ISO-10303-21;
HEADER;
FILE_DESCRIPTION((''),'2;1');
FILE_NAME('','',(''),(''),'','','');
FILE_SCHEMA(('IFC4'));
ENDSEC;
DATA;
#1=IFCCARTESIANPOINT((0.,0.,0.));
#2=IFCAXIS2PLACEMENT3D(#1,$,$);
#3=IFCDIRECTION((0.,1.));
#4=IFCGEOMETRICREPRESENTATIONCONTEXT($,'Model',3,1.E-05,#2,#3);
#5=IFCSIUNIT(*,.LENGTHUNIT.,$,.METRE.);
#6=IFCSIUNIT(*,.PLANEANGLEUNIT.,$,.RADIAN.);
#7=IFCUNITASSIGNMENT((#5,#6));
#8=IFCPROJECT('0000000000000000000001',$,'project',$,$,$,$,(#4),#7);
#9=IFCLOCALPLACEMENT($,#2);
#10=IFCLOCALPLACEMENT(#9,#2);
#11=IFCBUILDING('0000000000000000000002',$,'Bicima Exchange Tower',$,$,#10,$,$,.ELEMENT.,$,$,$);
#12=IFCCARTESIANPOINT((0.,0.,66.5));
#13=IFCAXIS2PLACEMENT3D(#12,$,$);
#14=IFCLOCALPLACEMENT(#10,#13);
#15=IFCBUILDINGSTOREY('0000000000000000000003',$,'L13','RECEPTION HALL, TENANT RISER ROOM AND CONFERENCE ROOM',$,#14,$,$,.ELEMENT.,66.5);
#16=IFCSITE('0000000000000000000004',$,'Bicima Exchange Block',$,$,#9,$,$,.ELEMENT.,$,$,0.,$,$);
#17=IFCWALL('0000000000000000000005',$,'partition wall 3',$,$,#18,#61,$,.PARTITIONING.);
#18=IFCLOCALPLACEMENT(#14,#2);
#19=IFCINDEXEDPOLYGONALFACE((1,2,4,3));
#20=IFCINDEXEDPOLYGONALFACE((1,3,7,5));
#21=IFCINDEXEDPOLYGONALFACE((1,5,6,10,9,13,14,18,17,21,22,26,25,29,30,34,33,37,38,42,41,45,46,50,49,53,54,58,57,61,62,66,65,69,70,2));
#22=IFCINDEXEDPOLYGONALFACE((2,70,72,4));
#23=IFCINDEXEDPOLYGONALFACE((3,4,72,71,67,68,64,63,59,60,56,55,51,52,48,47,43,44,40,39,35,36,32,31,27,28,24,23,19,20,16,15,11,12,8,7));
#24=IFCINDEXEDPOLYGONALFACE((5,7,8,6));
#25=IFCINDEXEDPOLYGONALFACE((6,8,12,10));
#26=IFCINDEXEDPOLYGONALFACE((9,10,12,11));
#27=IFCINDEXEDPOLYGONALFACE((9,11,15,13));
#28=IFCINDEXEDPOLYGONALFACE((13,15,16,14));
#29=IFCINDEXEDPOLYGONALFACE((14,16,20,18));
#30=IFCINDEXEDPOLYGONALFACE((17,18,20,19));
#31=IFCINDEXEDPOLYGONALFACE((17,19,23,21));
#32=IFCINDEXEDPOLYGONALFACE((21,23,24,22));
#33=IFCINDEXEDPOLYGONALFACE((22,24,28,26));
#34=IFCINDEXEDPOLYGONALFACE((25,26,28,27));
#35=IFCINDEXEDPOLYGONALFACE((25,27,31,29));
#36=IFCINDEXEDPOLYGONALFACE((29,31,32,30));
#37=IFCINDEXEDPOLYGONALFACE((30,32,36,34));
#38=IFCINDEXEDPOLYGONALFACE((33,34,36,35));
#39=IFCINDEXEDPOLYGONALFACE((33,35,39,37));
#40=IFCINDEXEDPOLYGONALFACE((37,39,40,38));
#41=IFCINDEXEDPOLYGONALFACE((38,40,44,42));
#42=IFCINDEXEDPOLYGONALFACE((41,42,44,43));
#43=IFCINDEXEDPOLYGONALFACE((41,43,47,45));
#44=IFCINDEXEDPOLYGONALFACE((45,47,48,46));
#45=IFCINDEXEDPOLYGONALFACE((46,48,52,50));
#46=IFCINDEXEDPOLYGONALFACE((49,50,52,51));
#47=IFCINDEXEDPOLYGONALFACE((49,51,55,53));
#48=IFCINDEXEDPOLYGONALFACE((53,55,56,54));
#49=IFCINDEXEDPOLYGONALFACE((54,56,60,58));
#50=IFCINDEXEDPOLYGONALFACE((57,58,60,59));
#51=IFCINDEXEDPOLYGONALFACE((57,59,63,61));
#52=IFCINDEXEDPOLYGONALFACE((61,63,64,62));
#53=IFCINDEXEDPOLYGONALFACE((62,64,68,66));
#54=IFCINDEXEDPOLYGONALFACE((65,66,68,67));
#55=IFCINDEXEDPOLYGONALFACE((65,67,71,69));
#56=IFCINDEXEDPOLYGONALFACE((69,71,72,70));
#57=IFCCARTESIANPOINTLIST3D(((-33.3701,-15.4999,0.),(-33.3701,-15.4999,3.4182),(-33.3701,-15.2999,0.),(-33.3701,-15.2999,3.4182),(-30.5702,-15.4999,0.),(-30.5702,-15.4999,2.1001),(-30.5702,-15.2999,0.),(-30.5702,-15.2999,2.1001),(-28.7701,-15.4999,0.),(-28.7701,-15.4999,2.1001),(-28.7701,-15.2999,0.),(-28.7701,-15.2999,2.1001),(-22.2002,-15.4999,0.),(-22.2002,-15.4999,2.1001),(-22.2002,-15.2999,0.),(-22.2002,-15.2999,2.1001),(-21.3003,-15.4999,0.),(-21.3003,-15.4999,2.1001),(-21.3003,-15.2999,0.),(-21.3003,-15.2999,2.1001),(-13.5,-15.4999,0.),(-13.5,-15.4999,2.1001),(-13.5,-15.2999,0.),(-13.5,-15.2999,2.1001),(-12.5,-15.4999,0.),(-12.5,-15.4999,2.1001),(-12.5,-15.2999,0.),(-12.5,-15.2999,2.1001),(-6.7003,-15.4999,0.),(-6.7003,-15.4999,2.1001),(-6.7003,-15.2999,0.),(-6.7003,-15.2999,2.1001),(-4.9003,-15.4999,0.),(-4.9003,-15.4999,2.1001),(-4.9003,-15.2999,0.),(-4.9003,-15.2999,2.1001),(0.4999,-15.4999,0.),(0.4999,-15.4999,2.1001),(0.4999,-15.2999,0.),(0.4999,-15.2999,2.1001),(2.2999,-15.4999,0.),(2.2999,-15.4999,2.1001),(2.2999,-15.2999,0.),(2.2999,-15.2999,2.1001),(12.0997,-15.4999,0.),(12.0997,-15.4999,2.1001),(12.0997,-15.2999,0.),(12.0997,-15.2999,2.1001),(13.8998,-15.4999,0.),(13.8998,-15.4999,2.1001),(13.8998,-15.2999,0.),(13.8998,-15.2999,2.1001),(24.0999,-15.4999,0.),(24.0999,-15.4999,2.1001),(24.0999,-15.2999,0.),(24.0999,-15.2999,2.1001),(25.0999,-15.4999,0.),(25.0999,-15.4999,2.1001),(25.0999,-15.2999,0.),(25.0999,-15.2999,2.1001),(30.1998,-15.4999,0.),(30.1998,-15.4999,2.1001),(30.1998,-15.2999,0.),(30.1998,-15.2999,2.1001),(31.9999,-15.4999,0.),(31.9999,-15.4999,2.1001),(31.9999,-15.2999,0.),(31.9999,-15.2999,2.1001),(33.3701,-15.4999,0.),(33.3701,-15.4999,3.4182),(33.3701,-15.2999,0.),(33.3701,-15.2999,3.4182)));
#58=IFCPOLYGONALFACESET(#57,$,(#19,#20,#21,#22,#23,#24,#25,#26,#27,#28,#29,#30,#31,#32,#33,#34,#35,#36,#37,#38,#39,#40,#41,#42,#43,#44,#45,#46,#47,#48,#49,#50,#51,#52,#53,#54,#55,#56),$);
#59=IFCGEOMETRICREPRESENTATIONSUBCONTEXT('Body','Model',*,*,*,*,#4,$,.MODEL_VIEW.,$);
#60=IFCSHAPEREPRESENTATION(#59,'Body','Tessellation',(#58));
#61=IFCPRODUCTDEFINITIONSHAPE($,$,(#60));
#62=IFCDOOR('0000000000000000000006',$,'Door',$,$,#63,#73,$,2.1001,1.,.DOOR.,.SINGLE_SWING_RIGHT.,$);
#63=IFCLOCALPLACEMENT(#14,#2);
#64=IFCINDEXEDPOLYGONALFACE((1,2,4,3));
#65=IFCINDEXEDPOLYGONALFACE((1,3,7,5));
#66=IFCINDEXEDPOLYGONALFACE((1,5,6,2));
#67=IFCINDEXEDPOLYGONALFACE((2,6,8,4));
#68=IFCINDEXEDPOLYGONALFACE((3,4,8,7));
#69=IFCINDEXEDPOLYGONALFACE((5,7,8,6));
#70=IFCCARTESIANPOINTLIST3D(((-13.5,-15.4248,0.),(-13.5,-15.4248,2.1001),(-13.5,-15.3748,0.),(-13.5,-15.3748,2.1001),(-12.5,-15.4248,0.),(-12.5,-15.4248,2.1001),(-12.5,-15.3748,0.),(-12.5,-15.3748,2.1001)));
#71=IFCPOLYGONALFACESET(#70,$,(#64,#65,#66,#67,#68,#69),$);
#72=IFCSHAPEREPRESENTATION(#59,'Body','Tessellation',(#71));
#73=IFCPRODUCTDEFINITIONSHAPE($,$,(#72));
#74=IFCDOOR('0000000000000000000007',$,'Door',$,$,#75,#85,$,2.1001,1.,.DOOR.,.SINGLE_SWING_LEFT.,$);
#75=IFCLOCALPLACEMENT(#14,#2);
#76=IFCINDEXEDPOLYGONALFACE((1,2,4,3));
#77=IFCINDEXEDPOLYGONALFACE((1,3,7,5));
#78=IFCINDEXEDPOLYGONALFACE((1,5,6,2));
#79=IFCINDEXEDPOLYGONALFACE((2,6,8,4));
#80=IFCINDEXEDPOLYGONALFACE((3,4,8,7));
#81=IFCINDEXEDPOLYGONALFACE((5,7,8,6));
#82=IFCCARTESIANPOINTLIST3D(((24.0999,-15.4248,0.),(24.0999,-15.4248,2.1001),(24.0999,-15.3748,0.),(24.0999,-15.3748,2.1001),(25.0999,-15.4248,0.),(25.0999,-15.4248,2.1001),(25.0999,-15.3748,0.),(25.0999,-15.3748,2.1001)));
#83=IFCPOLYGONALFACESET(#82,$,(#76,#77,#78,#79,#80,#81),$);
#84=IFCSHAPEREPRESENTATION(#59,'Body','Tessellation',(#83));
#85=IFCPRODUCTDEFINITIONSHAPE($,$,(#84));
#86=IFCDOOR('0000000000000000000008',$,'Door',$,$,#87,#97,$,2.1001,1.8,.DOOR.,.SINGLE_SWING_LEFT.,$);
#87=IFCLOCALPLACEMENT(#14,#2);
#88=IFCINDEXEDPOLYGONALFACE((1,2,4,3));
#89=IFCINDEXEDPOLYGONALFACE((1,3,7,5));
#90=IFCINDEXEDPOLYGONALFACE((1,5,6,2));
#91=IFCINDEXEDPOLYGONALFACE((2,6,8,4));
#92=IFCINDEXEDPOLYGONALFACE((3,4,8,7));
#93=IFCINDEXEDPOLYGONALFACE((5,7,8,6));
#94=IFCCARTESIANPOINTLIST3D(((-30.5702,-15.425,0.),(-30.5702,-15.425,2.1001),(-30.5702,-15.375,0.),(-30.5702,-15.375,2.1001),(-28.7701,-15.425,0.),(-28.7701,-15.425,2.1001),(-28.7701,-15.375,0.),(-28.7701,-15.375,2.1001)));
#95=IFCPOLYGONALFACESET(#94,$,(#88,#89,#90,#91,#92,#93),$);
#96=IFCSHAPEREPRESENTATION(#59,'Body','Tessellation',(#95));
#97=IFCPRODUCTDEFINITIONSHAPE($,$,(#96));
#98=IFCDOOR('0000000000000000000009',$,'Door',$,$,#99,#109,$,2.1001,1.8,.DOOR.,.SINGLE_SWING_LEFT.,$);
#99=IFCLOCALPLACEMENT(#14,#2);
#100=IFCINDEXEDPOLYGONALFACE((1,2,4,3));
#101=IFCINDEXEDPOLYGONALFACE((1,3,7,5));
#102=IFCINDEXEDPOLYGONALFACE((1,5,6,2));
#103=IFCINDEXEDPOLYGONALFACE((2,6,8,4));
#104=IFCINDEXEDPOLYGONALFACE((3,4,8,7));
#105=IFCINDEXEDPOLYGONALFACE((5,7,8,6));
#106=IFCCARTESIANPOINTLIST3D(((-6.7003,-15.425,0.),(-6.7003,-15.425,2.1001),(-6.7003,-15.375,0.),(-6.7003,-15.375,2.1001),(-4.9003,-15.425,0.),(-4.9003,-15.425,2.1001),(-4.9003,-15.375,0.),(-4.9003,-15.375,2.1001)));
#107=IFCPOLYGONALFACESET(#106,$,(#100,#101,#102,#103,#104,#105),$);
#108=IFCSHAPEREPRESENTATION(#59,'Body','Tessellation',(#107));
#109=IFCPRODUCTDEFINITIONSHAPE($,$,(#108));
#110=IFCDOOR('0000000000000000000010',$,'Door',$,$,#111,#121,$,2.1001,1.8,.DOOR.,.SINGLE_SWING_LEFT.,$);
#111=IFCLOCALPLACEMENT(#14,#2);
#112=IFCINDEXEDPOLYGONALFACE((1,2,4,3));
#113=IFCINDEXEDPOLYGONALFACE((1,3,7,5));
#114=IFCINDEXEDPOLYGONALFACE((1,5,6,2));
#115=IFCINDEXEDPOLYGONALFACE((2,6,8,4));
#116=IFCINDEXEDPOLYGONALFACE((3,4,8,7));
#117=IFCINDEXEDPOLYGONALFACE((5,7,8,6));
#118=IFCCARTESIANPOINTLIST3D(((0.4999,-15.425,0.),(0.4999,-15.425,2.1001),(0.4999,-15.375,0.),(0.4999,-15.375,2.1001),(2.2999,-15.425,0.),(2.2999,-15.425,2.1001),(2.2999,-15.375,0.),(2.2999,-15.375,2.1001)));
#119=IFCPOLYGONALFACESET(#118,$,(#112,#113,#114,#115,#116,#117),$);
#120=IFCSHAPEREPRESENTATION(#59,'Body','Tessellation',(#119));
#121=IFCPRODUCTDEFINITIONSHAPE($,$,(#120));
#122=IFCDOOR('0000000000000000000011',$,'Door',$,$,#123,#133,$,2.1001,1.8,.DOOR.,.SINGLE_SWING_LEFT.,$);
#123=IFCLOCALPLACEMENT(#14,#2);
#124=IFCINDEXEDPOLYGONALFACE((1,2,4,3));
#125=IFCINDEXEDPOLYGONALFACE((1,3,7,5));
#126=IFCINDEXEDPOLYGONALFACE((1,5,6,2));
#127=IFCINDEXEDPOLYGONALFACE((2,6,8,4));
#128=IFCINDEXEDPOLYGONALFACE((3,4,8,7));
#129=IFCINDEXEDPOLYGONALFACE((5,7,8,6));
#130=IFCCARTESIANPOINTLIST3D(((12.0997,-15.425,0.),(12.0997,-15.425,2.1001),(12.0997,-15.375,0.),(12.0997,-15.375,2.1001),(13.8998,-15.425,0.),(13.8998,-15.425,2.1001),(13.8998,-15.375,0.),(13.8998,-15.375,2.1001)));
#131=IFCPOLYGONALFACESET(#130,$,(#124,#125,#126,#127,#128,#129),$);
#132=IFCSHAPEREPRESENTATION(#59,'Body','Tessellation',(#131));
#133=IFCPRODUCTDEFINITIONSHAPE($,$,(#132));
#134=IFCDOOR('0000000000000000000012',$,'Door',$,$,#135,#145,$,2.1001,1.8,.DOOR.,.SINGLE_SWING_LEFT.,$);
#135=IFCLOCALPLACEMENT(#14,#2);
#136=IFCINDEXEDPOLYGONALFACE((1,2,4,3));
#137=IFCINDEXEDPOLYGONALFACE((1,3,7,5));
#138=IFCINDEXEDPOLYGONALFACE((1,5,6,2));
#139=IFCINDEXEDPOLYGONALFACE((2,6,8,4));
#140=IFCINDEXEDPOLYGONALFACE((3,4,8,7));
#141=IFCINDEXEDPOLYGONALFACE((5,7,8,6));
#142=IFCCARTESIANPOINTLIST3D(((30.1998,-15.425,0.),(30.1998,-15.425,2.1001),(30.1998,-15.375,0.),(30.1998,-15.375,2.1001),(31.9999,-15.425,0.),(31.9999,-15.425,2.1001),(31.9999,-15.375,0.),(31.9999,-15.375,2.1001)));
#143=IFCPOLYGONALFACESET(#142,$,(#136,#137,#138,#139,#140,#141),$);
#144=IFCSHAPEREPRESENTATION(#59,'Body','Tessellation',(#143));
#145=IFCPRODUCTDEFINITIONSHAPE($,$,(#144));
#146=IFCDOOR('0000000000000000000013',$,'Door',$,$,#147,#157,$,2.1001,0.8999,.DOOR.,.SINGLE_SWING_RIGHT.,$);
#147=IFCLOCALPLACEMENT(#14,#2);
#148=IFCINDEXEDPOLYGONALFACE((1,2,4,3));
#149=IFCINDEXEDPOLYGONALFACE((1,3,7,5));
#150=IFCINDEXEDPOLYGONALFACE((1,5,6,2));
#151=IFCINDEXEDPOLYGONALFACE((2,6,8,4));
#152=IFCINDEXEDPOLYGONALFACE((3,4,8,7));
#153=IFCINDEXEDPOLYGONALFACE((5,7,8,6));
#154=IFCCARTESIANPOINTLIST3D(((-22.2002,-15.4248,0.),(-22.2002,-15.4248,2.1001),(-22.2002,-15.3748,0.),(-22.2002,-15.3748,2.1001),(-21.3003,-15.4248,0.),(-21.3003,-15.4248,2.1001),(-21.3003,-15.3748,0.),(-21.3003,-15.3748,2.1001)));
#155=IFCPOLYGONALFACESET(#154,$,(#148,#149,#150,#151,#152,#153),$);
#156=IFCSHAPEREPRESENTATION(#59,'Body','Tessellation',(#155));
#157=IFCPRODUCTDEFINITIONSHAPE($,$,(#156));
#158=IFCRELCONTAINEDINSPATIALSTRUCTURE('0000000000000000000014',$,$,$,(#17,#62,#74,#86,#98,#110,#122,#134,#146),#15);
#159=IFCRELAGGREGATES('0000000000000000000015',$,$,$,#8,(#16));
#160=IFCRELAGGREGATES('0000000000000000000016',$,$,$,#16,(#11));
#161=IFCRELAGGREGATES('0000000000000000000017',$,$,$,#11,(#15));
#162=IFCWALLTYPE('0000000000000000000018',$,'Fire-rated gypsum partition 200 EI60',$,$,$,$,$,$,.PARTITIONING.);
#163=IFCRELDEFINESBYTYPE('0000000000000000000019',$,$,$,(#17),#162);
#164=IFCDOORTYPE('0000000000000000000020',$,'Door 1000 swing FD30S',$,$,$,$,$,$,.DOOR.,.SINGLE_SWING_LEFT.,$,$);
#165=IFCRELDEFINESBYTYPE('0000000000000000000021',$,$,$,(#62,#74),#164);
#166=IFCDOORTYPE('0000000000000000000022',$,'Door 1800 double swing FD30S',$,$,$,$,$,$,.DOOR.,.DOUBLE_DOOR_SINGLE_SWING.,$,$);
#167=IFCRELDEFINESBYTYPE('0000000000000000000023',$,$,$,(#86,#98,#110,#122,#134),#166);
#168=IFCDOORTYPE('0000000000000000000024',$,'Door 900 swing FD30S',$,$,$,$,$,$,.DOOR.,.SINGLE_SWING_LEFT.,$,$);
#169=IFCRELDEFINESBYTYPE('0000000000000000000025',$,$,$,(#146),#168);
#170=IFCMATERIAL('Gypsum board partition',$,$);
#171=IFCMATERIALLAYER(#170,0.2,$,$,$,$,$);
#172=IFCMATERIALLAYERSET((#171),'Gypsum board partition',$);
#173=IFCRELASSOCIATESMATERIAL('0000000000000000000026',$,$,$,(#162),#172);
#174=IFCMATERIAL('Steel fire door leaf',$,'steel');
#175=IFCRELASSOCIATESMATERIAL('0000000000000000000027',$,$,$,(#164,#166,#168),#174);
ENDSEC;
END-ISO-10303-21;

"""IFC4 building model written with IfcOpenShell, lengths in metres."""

from ifc_helpers import new_model, si_unit, direction, frame, frame_2d, origin, place, context, subcontext, project, spatial, rectangle, extrude, material, layer, layer_set, type_object, element, fill, save


model = new_model("IFC4")

# Units and contexts
model_context = context("Model", 3, precision=1e-05, world=origin(), true_north=direction((0.0, 1.0)))
body_context = subcontext(model_context, "Body", "Model", "MODEL_VIEW")
ifc_project = project(units=[si_unit("LENGTHUNIT", "METRE"), si_unit("PLANEANGLEUNIT", "RADIAN")], contexts=[model_context])

# Site, building, storey
site_placement = place(None, origin())
site = spatial("IfcSite", under=ifc_project, at=site_placement, Name="Bicima Exchange Block", CompositionType="ELEMENT", RefElevation=0.0)
building_placement = place(site_placement, origin())
building = spatial("IfcBuilding", under=site, at=building_placement, Name="Bicima Exchange Tower", CompositionType="ELEMENT")
storey_placement = place(building_placement, frame((0.0, 0.0, 66.5)))
storey = spatial("IfcBuildingStorey", under=building, at=storey_placement, Name="L13", Description="RECEPTION HALL, TENANT RISER ROOM AND CONFERENCE ROOM", CompositionType="ELEMENT", Elevation=66.5)

# Wall, openings, doors
ifc_material_1 = material(Name="Gypsum board partition")
ifc_layer_1 = layer(ifc_material_1, 0.2)
ifc_layer_set_1 = layer_set([ifc_layer_1], Name="Gypsum board partition")
wall_type_1 = type_object("IfcWallType", Name="Fire-rated gypsum partition 200 EI60", PredefinedType="PARTITIONING", material=ifc_layer_set_1)
wall_1_placement = place(storey_placement, frame((-33.3701, -15.3999, 0.0), z_axis=(0.0, 0.0, 1.0), x_axis=(1.0, 0.0, 0.0)))
wall_1 = element("IfcWall", 1, at=wall_1_placement, inside=storey, type_object=wall_type_1, Name="partition wall 3", PredefinedType="PARTITIONING", context=body_context, shape_type="SweptSolid", body=[
    extrude(rectangle(XDim=66.7402, YDim=0.2, at=frame_2d((33.3701, 0.0))), origin(), (0.0, 0.0, 1.0), 3.4182),
])
opening_1_placement = place(wall_1_placement, frame((2.8, 0.0, 0.0)))
opening_1 = element("IfcOpeningElement", 2, at=opening_1_placement, cuts=wall_1, PredefinedType="OPENING", context=body_context, shape_type="SweptSolid", body=[
    extrude(rectangle(XDim=1.8, YDim=2.1001, at=frame_2d((0.8999, 1.05))), frame((0.0, 0.1118, 0.0), z_axis=(0.0, -1.0, 0.0), x_axis=(1.0, 0.0, 0.0)), (0.0, 0.0, 1.0), 0.2239),
])
opening_2_placement = place(wall_1_placement, frame((11.1699, 0.0, 0.0)))
opening_2 = element("IfcOpeningElement", 3, at=opening_2_placement, cuts=wall_1, PredefinedType="OPENING", context=body_context, shape_type="SweptSolid", body=[
    extrude(rectangle(XDim=0.8999, YDim=2.1001, at=frame_2d((0.45, 1.05))), frame((0.0, 0.1118, 0.0), z_axis=(0.0, -1.0, 0.0), x_axis=(1.0, 0.0, 0.0)), (0.0, 0.0, 1.0), 0.2239),
])
opening_3_placement = place(wall_1_placement, frame((19.8701, 0.0, 0.0)))
opening_3 = element("IfcOpeningElement", 4, at=opening_3_placement, cuts=wall_1, PredefinedType="OPENING", context=body_context, shape_type="SweptSolid", body=[
    extrude(rectangle(XDim=1.0, YDim=2.1001, at=frame_2d((0.5, 1.05))), frame((0.0, 0.1118, 0.0), z_axis=(0.0, -1.0, 0.0), x_axis=(1.0, 0.0, 0.0)), (0.0, 0.0, 1.0), 0.2239),
])
opening_4_placement = place(wall_1_placement, frame((26.6699, 0.0, 0.0)))
opening_4 = element("IfcOpeningElement", 5, at=opening_4_placement, cuts=wall_1, PredefinedType="OPENING", context=body_context, shape_type="SweptSolid", body=[
    extrude(rectangle(XDim=1.8, YDim=2.1001, at=frame_2d((0.8999, 1.05))), frame((0.0, 0.1118, 0.0), z_axis=(0.0, -1.0, 0.0), x_axis=(1.0, 0.0, 0.0)), (0.0, 0.0, 1.0), 0.2239),
])
opening_5_placement = place(wall_1_placement, frame((33.8701, 0.0, 0.0)))
opening_5 = element("IfcOpeningElement", 6, at=opening_5_placement, cuts=wall_1, PredefinedType="OPENING", context=body_context, shape_type="SweptSolid", body=[
    extrude(rectangle(XDim=1.8, YDim=2.1001, at=frame_2d((0.8999, 1.05))), frame((0.0, 0.1118, 0.0), z_axis=(0.0, -1.0, 0.0), x_axis=(1.0, 0.0, 0.0)), (0.0, 0.0, 1.0), 0.2239),
])
opening_6_placement = place(wall_1_placement, frame((45.47, 0.0, 0.0)))
opening_6 = element("IfcOpeningElement", 7, at=opening_6_placement, cuts=wall_1, PredefinedType="OPENING", context=body_context, shape_type="SweptSolid", body=[
    extrude(rectangle(XDim=1.8, YDim=2.1001, at=frame_2d((0.8999, 1.05))), frame((0.0, 0.1118, 0.0), z_axis=(0.0, -1.0, 0.0), x_axis=(1.0, 0.0, 0.0)), (0.0, 0.0, 1.0), 0.2239),
])
opening_7_placement = place(wall_1_placement, frame((57.47, 0.0, 0.0)))
opening_7 = element("IfcOpeningElement", 8, at=opening_7_placement, cuts=wall_1, PredefinedType="OPENING", context=body_context, shape_type="SweptSolid", body=[
    extrude(rectangle(XDim=1.0, YDim=2.1001, at=frame_2d((0.5, 1.05))), frame((0.0, 0.1118, 0.0), z_axis=(0.0, -1.0, 0.0), x_axis=(1.0, 0.0, 0.0)), (0.0, 0.0, 1.0), 0.2239),
])
opening_8_placement = place(wall_1_placement, frame((63.5701, 0.0, 0.0)))
opening_8 = element("IfcOpeningElement", 9, at=opening_8_placement, cuts=wall_1, PredefinedType="OPENING", context=body_context, shape_type="SweptSolid", body=[
    extrude(rectangle(XDim=1.8, YDim=2.1001, at=frame_2d((0.8999, 1.05))), frame((0.0, 0.1118, 0.0), z_axis=(0.0, -1.0, 0.0), x_axis=(1.0, 0.0, 0.0)), (0.0, 0.0, 1.0), 0.2239),
])
ifc_material_2 = material(Name="Steel fire door leaf", Category="steel")
door_type_1 = type_object("IfcDoorType", Name="Door 1000 swing FD30S", OperationType="SINGLE_SWING_LEFT", PredefinedType="DOOR", material=ifc_material_2)
door_1_placement = place(opening_3_placement, frame((1.0, 0.0, 0.0), z_axis=(0.0, 0.0, 1.0), x_axis=(-1.0, 0.0, 0.0)))
door_1 = element("IfcDoor", 10, at=door_1_placement, inside=storey, type_object=door_type_1, Name="Door", OperationType="SINGLE_SWING_RIGHT", OverallHeight=2.1001, OverallWidth=1.0, PredefinedType="DOOR", context=body_context, shape_type="SweptSolid", body=[
    extrude(rectangle(XDim=1.0, YDim=2.1001, at=frame_2d((0.5, 1.05))), frame((0.0, 0.0249, 0.0), z_axis=(0.0, -1.0, 0.0), x_axis=(1.0, 0.0, 0.0)), (0.0, 0.0, 1.0), 0.05),
])
fill(opening_3, door_1)
door_2_placement = place(opening_7_placement, frame((1.0, 0.0, 0.0), z_axis=(0.0, 0.0, 1.0), x_axis=(-1.0, 0.0, 0.0)))
door_2 = element("IfcDoor", 11, at=door_2_placement, inside=storey, type_object=door_type_1, Name="Door", OperationType="SINGLE_SWING_LEFT", OverallHeight=2.1001, OverallWidth=1.0, PredefinedType="DOOR", context=body_context, shape_type="SweptSolid", body=[
    extrude(rectangle(XDim=1.0, YDim=2.1001, at=frame_2d((0.5, 1.05))), frame((0.0, 0.0249, 0.0), z_axis=(0.0, -1.0, 0.0), x_axis=(1.0, 0.0, 0.0)), (0.0, 0.0, 1.0), 0.05),
])
fill(opening_7, door_2)
door_type_2 = type_object("IfcDoorType", Name="Door 1800 double swing FD30S", OperationType="DOUBLE_DOOR_SINGLE_SWING", PredefinedType="DOOR", material=ifc_material_2)
door_3_placement = place(opening_1_placement, origin())
door_3 = element("IfcDoor", 12, at=door_3_placement, inside=storey, type_object=door_type_2, Name="Door", OperationType="SINGLE_SWING_LEFT", OverallHeight=2.1001, OverallWidth=1.8, PredefinedType="DOOR", context=body_context, shape_type="SweptSolid", body=[
    extrude(rectangle(XDim=1.8, YDim=2.1001, at=frame_2d((0.8999, 1.05))), frame((0.0, 0.0249, 0.0), z_axis=(0.0, -1.0, 0.0), x_axis=(1.0, 0.0, 0.0)), (0.0, 0.0, 1.0), 0.05),
])
fill(opening_1, door_3)
door_4_placement = place(opening_4_placement, origin())
door_4 = element("IfcDoor", 13, at=door_4_placement, inside=storey, type_object=door_type_2, Name="Door", OperationType="SINGLE_SWING_LEFT", OverallHeight=2.1001, OverallWidth=1.8, PredefinedType="DOOR", context=body_context, shape_type="SweptSolid", body=[
    extrude(rectangle(XDim=1.8, YDim=2.1001, at=frame_2d((0.8999, 1.05))), frame((0.0, 0.0249, 0.0), z_axis=(0.0, -1.0, 0.0), x_axis=(1.0, 0.0, 0.0)), (0.0, 0.0, 1.0), 0.05),
])
fill(opening_4, door_4)
door_5_placement = place(opening_5_placement, origin())
door_5 = element("IfcDoor", 14, at=door_5_placement, inside=storey, type_object=door_type_2, Name="Door", OperationType="SINGLE_SWING_LEFT", OverallHeight=2.1001, OverallWidth=1.8, PredefinedType="DOOR", context=body_context, shape_type="SweptSolid", body=[
    extrude(rectangle(XDim=1.8, YDim=2.1001, at=frame_2d((0.8999, 1.05))), frame((0.0, 0.0249, 0.0), z_axis=(0.0, -1.0, 0.0), x_axis=(1.0, 0.0, 0.0)), (0.0, 0.0, 1.0), 0.05),
])
fill(opening_5, door_5)
door_6_placement = place(opening_6_placement, origin())
door_6 = element("IfcDoor", 15, at=door_6_placement, inside=storey, type_object=door_type_2, Name="Door", OperationType="SINGLE_SWING_LEFT", OverallHeight=2.1001, OverallWidth=1.8, PredefinedType="DOOR", context=body_context, shape_type="SweptSolid", body=[
    extrude(rectangle(XDim=1.8, YDim=2.1001, at=frame_2d((0.8999, 1.05))), frame((0.0, 0.0249, 0.0), z_axis=(0.0, -1.0, 0.0), x_axis=(1.0, 0.0, 0.0)), (0.0, 0.0, 1.0), 0.05),
])
fill(opening_6, door_6)
door_7_placement = place(opening_8_placement, origin())
door_7 = element("IfcDoor", 16, at=door_7_placement, inside=storey, type_object=door_type_2, Name="Door", OperationType="SINGLE_SWING_LEFT", OverallHeight=2.1001, OverallWidth=1.8, PredefinedType="DOOR", context=body_context, shape_type="SweptSolid", body=[
    extrude(rectangle(XDim=1.8, YDim=2.1001, at=frame_2d((0.8999, 1.05))), frame((0.0, 0.0249, 0.0), z_axis=(0.0, -1.0, 0.0), x_axis=(1.0, 0.0, 0.0)), (0.0, 0.0, 1.0), 0.05),
])
fill(opening_8, door_7)
door_type_3 = type_object("IfcDoorType", Name="Door 900 swing FD30S", OperationType="SINGLE_SWING_LEFT", PredefinedType="DOOR", material=ifc_material_2)
door_8_placement = place(opening_2_placement, frame((0.8999, 0.0, 0.0), z_axis=(0.0, 0.0, 1.0), x_axis=(-1.0, 0.0, 0.0)))
door_8 = element("IfcDoor", 17, at=door_8_placement, inside=storey, type_object=door_type_3, Name="Door", OperationType="SINGLE_SWING_RIGHT", OverallHeight=2.1001, OverallWidth=0.8999, PredefinedType="DOOR", context=body_context, shape_type="SweptSolid", body=[
    extrude(rectangle(XDim=0.8999, YDim=2.1001, at=frame_2d((0.45, 1.05))), frame((0.0, 0.0249, 0.0), z_axis=(0.0, -1.0, 0.0), x_axis=(1.0, 0.0, 0.0)), (0.0, 0.0, 1.0), 0.05),
])
fill(opening_2, door_8)

save(model, "model.ifc")
